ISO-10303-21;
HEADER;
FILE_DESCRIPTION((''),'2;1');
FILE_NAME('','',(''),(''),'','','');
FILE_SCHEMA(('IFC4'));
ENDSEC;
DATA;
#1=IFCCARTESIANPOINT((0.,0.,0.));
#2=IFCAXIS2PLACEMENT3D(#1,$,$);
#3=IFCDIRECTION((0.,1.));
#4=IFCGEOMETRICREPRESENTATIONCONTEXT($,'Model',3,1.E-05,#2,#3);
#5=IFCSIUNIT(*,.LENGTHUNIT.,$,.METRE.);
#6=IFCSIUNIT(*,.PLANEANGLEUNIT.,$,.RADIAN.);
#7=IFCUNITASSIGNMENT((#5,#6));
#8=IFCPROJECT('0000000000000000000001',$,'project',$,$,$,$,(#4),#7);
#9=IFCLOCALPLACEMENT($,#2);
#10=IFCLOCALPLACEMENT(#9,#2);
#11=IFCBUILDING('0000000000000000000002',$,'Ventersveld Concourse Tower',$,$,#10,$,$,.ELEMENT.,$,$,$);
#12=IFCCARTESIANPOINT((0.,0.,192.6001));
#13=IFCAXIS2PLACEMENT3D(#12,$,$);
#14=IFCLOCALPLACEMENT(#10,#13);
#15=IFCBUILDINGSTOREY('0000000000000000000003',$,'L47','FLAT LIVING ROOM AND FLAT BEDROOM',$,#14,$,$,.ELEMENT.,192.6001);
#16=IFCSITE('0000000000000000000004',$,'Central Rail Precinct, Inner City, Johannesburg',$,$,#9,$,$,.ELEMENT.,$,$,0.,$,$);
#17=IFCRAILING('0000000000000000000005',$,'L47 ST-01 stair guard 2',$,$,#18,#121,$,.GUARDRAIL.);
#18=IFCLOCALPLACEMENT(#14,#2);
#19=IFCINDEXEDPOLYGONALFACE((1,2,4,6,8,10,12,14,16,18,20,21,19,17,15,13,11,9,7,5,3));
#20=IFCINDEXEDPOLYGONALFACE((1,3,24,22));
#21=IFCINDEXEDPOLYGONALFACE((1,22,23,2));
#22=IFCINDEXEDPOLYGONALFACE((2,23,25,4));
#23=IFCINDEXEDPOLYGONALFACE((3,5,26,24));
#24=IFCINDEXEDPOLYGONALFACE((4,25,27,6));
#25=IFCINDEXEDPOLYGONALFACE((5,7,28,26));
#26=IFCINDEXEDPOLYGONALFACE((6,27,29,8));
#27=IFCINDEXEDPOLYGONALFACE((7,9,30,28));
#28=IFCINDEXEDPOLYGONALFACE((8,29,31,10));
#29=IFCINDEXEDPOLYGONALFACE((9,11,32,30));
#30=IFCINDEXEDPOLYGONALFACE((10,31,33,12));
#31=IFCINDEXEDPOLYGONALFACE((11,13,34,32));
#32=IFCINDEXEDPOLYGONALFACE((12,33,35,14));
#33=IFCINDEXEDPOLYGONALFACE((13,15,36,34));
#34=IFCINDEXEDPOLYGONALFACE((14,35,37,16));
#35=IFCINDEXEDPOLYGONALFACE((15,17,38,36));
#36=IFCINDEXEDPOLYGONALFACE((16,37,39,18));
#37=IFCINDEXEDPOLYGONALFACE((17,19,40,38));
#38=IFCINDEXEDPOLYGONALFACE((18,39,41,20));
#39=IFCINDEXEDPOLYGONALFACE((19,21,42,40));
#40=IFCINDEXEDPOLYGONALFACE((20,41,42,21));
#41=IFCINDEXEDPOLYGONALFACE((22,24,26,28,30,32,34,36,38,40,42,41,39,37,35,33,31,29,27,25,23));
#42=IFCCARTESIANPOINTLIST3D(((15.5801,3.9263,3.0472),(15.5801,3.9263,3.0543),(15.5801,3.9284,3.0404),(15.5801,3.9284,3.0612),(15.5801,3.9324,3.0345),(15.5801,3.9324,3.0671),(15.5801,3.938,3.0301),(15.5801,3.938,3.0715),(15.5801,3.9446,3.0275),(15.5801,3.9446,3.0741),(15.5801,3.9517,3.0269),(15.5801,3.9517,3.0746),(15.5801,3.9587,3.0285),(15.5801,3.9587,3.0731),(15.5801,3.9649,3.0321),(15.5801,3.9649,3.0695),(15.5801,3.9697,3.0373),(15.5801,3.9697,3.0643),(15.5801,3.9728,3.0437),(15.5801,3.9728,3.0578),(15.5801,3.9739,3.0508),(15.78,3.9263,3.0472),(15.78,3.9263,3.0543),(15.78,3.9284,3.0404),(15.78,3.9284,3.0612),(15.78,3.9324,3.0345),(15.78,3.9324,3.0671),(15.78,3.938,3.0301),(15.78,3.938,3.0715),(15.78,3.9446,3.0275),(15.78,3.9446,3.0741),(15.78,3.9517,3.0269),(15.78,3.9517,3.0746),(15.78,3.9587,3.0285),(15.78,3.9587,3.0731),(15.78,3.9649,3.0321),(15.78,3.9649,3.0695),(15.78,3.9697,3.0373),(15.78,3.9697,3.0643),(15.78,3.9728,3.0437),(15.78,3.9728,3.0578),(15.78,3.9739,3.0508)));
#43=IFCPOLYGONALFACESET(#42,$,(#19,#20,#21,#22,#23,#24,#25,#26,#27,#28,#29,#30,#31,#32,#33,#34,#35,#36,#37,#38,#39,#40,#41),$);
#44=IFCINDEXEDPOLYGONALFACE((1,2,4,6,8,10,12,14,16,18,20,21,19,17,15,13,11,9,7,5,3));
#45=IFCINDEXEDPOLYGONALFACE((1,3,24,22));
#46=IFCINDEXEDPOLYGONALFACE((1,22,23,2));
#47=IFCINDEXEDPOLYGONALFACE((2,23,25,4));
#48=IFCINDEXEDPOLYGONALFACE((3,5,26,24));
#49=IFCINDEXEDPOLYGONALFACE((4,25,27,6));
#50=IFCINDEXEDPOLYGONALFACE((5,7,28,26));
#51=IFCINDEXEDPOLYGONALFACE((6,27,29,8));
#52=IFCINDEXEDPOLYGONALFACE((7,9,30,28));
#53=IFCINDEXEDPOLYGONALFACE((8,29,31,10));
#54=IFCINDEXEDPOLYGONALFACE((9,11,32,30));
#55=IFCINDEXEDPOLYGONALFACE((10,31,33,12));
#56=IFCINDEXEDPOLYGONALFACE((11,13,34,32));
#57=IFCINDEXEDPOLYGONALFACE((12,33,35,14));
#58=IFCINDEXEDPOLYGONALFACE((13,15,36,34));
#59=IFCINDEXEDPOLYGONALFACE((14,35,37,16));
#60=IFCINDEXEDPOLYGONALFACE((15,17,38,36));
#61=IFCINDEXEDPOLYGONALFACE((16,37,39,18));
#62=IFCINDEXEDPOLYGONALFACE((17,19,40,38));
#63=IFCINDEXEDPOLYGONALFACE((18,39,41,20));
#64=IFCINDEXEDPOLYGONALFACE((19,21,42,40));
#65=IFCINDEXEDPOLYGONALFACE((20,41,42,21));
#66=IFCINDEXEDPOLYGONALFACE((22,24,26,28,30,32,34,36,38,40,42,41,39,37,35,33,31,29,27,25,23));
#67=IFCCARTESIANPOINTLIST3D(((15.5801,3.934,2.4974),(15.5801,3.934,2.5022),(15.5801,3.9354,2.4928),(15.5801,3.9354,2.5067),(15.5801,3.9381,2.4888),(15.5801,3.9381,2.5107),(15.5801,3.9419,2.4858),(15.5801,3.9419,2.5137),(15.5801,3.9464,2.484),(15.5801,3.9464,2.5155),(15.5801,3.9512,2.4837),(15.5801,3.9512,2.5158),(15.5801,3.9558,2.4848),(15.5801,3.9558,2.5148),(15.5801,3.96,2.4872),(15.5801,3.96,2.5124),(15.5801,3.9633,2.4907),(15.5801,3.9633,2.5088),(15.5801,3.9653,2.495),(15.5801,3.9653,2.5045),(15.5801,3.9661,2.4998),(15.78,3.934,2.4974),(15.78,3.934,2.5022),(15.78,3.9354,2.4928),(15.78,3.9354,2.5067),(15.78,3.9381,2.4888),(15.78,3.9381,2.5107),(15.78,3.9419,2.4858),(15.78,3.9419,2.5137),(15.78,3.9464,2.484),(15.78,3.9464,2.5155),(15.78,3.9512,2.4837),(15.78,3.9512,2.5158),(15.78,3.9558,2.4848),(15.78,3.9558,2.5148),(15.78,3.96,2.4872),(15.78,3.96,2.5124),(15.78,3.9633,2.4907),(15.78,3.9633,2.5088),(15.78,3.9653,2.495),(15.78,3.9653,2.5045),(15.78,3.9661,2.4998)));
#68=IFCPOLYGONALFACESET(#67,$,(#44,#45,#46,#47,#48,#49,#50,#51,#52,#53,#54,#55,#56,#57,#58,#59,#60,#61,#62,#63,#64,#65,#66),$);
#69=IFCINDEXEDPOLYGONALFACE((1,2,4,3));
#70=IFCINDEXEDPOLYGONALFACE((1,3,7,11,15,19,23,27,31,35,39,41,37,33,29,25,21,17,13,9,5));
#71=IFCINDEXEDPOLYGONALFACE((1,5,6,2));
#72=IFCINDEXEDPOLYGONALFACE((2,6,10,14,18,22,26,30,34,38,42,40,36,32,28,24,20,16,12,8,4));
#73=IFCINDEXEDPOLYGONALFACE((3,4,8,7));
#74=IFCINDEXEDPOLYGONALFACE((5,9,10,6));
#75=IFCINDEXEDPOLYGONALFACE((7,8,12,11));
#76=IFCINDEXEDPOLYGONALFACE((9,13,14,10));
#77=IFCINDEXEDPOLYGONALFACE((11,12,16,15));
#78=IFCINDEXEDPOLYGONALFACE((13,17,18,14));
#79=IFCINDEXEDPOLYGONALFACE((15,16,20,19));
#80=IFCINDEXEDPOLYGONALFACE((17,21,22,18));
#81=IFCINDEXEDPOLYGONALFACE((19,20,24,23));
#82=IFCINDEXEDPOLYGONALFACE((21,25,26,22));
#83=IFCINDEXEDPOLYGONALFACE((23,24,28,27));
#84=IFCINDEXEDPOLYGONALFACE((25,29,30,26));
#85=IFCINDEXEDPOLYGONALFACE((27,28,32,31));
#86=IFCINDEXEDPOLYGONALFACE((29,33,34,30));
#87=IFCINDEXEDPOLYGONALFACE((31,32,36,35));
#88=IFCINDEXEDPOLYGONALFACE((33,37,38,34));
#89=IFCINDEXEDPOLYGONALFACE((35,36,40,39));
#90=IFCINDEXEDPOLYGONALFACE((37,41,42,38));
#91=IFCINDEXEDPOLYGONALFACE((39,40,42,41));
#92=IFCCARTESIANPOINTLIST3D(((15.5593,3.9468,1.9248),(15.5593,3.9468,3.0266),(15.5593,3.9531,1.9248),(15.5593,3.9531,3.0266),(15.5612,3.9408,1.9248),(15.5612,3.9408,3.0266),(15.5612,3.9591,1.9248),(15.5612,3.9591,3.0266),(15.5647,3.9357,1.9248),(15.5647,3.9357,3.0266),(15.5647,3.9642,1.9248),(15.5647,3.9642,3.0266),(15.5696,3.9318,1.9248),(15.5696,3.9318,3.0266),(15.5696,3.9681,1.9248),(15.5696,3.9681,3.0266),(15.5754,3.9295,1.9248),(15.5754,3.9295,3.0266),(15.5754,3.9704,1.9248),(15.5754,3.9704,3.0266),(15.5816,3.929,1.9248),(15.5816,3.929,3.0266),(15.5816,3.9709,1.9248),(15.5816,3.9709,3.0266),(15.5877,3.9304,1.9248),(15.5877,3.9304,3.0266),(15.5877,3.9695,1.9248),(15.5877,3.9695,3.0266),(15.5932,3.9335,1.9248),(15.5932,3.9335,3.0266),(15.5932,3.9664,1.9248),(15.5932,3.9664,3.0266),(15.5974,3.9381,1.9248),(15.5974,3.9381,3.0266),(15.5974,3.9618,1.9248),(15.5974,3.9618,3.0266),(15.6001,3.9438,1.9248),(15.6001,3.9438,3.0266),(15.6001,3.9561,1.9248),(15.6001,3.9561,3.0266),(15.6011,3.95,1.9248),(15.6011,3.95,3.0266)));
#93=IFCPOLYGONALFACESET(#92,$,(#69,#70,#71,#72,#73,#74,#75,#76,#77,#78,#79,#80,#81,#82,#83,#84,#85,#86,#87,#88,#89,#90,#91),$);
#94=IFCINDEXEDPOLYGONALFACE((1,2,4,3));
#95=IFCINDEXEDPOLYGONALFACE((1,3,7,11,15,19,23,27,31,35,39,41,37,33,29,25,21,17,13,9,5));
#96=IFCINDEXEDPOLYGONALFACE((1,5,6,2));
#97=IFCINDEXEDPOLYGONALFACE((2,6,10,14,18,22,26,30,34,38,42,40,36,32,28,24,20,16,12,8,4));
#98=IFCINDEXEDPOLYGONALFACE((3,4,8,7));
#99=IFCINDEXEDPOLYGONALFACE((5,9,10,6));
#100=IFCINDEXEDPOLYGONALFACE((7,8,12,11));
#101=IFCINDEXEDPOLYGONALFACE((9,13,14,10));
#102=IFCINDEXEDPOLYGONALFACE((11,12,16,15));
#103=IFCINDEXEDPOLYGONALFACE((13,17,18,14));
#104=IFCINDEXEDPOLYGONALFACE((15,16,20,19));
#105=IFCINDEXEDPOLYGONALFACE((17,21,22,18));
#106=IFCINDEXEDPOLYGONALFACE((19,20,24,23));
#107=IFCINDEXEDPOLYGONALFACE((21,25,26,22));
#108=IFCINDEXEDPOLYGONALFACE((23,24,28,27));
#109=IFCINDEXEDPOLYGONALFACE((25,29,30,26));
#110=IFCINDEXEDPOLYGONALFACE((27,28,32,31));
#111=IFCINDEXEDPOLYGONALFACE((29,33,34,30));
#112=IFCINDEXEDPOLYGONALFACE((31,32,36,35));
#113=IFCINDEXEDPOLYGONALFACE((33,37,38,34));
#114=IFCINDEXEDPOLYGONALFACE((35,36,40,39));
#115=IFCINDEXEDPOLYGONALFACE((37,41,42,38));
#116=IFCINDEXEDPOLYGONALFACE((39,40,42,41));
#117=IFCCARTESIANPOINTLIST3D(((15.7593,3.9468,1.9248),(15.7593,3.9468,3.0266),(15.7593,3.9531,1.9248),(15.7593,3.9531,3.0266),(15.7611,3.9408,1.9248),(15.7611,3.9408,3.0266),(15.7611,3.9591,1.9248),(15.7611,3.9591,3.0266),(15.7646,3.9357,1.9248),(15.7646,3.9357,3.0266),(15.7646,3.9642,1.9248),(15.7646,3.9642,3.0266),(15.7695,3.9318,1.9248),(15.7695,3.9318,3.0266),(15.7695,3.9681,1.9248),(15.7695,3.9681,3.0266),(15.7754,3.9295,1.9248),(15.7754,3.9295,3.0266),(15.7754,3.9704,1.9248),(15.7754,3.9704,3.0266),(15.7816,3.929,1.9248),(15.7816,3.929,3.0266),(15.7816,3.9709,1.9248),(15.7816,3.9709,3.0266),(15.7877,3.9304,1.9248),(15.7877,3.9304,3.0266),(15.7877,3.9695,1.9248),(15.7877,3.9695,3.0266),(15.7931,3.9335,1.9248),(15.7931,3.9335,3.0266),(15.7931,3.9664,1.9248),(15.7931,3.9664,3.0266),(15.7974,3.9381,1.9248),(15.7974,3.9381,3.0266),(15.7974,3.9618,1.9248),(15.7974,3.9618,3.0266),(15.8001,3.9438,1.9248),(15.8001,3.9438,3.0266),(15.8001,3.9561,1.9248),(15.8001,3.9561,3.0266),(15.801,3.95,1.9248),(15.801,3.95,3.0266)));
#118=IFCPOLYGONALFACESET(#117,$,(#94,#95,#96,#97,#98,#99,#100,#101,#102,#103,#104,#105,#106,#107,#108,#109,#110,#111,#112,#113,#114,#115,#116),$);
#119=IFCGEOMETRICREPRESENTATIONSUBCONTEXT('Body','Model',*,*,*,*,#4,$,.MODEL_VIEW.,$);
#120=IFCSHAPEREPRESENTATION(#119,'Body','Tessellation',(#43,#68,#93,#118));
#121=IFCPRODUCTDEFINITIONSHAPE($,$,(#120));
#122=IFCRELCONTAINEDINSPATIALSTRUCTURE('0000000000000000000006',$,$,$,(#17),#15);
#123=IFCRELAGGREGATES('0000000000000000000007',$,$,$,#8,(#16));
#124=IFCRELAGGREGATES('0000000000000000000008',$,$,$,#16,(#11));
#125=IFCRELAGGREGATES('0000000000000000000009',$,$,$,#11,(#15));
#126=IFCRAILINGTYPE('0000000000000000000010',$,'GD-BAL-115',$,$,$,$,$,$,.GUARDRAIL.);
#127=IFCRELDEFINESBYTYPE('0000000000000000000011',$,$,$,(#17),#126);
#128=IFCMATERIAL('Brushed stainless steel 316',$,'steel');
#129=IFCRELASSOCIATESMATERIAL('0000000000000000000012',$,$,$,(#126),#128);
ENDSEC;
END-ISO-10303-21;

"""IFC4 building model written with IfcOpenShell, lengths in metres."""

from ifc_helpers import new_model, si_unit, direction, frame, origin, origin_2d, place, context, subcontext, project, spatial, circle, extrude, material, type_object, element, save


model = new_model("IFC4")

# Units and contexts
model_context = context("Model", 3, precision=1e-05, world=origin(), true_north=direction((0.0, 1.0)))
body_context = subcontext(model_context, "Body", "Model", "MODEL_VIEW")
ifc_project = project(units=[si_unit("LENGTHUNIT", "METRE"), si_unit("PLANEANGLEUNIT", "RADIAN")], contexts=[model_context])

# Site, building, storey
site_placement = place(None, origin())
site = spatial("IfcSite", under=ifc_project, at=site_placement, Name="Central Rail Precinct, Inner City, Johannesburg", CompositionType="ELEMENT", RefElevation=0.0)
building_placement = place(site_placement, origin())
building = spatial("IfcBuilding", under=site, at=building_placement, Name="Ventersveld Concourse Tower", CompositionType="ELEMENT")
storey_placement = place(building_placement, frame((0.0, 0.0, 192.6001)))
storey = spatial("IfcBuildingStorey", under=building, at=storey_placement, Name="L47", Description="FLAT LIVING ROOM AND FLAT BEDROOM", CompositionType="ELEMENT", Elevation=192.6001)

# Shared definitions
ifc_material_1 = material(Name="Brushed stainless steel 316", Category="steel")

# Railing
railing_type_1 = type_object("IfcRailingType", Name="GD-BAL-115", PredefinedType="GUARDRAIL", material=ifc_material_1)
railing_1_placement = place(storey_placement, frame((15.5801, 3.95, 1.9248)))
element("IfcRailing", 1, at=railing_1_placement, inside=storey, type_object=railing_type_1, Name="L47 ST-01 stair guard 2", PredefinedType="GUARDRAIL", context=body_context, shape_type="SweptSolid", body=[
    extrude(circle(Radius=0.0239, at=origin_2d()), frame((0.0, 0.0, 1.126), z_axis=(1.0, 0.0, 0.0), x_axis=(0.0, 1.0, 0.0)), (0.0, 0.0, 1.0), 0.2),
    extrude(circle(Radius=0.0161, at=origin_2d()), frame((0.0, 0.0, 0.575), z_axis=(1.0, 0.0, 0.0), x_axis=(0.0, 1.0, 0.0)), (0.0, 0.0, 1.0), 0.2),
    extrude(circle(Radius=0.021, at=origin_2d()), origin(), (0.0, 0.0, 1.0), 1.1018),
    extrude(circle(Radius=0.021, at=origin_2d()), frame((0.2, 0.0, 0.0)), (0.0, 0.0, 1.0), 1.1018),
])

save(model, "model.ifc")
